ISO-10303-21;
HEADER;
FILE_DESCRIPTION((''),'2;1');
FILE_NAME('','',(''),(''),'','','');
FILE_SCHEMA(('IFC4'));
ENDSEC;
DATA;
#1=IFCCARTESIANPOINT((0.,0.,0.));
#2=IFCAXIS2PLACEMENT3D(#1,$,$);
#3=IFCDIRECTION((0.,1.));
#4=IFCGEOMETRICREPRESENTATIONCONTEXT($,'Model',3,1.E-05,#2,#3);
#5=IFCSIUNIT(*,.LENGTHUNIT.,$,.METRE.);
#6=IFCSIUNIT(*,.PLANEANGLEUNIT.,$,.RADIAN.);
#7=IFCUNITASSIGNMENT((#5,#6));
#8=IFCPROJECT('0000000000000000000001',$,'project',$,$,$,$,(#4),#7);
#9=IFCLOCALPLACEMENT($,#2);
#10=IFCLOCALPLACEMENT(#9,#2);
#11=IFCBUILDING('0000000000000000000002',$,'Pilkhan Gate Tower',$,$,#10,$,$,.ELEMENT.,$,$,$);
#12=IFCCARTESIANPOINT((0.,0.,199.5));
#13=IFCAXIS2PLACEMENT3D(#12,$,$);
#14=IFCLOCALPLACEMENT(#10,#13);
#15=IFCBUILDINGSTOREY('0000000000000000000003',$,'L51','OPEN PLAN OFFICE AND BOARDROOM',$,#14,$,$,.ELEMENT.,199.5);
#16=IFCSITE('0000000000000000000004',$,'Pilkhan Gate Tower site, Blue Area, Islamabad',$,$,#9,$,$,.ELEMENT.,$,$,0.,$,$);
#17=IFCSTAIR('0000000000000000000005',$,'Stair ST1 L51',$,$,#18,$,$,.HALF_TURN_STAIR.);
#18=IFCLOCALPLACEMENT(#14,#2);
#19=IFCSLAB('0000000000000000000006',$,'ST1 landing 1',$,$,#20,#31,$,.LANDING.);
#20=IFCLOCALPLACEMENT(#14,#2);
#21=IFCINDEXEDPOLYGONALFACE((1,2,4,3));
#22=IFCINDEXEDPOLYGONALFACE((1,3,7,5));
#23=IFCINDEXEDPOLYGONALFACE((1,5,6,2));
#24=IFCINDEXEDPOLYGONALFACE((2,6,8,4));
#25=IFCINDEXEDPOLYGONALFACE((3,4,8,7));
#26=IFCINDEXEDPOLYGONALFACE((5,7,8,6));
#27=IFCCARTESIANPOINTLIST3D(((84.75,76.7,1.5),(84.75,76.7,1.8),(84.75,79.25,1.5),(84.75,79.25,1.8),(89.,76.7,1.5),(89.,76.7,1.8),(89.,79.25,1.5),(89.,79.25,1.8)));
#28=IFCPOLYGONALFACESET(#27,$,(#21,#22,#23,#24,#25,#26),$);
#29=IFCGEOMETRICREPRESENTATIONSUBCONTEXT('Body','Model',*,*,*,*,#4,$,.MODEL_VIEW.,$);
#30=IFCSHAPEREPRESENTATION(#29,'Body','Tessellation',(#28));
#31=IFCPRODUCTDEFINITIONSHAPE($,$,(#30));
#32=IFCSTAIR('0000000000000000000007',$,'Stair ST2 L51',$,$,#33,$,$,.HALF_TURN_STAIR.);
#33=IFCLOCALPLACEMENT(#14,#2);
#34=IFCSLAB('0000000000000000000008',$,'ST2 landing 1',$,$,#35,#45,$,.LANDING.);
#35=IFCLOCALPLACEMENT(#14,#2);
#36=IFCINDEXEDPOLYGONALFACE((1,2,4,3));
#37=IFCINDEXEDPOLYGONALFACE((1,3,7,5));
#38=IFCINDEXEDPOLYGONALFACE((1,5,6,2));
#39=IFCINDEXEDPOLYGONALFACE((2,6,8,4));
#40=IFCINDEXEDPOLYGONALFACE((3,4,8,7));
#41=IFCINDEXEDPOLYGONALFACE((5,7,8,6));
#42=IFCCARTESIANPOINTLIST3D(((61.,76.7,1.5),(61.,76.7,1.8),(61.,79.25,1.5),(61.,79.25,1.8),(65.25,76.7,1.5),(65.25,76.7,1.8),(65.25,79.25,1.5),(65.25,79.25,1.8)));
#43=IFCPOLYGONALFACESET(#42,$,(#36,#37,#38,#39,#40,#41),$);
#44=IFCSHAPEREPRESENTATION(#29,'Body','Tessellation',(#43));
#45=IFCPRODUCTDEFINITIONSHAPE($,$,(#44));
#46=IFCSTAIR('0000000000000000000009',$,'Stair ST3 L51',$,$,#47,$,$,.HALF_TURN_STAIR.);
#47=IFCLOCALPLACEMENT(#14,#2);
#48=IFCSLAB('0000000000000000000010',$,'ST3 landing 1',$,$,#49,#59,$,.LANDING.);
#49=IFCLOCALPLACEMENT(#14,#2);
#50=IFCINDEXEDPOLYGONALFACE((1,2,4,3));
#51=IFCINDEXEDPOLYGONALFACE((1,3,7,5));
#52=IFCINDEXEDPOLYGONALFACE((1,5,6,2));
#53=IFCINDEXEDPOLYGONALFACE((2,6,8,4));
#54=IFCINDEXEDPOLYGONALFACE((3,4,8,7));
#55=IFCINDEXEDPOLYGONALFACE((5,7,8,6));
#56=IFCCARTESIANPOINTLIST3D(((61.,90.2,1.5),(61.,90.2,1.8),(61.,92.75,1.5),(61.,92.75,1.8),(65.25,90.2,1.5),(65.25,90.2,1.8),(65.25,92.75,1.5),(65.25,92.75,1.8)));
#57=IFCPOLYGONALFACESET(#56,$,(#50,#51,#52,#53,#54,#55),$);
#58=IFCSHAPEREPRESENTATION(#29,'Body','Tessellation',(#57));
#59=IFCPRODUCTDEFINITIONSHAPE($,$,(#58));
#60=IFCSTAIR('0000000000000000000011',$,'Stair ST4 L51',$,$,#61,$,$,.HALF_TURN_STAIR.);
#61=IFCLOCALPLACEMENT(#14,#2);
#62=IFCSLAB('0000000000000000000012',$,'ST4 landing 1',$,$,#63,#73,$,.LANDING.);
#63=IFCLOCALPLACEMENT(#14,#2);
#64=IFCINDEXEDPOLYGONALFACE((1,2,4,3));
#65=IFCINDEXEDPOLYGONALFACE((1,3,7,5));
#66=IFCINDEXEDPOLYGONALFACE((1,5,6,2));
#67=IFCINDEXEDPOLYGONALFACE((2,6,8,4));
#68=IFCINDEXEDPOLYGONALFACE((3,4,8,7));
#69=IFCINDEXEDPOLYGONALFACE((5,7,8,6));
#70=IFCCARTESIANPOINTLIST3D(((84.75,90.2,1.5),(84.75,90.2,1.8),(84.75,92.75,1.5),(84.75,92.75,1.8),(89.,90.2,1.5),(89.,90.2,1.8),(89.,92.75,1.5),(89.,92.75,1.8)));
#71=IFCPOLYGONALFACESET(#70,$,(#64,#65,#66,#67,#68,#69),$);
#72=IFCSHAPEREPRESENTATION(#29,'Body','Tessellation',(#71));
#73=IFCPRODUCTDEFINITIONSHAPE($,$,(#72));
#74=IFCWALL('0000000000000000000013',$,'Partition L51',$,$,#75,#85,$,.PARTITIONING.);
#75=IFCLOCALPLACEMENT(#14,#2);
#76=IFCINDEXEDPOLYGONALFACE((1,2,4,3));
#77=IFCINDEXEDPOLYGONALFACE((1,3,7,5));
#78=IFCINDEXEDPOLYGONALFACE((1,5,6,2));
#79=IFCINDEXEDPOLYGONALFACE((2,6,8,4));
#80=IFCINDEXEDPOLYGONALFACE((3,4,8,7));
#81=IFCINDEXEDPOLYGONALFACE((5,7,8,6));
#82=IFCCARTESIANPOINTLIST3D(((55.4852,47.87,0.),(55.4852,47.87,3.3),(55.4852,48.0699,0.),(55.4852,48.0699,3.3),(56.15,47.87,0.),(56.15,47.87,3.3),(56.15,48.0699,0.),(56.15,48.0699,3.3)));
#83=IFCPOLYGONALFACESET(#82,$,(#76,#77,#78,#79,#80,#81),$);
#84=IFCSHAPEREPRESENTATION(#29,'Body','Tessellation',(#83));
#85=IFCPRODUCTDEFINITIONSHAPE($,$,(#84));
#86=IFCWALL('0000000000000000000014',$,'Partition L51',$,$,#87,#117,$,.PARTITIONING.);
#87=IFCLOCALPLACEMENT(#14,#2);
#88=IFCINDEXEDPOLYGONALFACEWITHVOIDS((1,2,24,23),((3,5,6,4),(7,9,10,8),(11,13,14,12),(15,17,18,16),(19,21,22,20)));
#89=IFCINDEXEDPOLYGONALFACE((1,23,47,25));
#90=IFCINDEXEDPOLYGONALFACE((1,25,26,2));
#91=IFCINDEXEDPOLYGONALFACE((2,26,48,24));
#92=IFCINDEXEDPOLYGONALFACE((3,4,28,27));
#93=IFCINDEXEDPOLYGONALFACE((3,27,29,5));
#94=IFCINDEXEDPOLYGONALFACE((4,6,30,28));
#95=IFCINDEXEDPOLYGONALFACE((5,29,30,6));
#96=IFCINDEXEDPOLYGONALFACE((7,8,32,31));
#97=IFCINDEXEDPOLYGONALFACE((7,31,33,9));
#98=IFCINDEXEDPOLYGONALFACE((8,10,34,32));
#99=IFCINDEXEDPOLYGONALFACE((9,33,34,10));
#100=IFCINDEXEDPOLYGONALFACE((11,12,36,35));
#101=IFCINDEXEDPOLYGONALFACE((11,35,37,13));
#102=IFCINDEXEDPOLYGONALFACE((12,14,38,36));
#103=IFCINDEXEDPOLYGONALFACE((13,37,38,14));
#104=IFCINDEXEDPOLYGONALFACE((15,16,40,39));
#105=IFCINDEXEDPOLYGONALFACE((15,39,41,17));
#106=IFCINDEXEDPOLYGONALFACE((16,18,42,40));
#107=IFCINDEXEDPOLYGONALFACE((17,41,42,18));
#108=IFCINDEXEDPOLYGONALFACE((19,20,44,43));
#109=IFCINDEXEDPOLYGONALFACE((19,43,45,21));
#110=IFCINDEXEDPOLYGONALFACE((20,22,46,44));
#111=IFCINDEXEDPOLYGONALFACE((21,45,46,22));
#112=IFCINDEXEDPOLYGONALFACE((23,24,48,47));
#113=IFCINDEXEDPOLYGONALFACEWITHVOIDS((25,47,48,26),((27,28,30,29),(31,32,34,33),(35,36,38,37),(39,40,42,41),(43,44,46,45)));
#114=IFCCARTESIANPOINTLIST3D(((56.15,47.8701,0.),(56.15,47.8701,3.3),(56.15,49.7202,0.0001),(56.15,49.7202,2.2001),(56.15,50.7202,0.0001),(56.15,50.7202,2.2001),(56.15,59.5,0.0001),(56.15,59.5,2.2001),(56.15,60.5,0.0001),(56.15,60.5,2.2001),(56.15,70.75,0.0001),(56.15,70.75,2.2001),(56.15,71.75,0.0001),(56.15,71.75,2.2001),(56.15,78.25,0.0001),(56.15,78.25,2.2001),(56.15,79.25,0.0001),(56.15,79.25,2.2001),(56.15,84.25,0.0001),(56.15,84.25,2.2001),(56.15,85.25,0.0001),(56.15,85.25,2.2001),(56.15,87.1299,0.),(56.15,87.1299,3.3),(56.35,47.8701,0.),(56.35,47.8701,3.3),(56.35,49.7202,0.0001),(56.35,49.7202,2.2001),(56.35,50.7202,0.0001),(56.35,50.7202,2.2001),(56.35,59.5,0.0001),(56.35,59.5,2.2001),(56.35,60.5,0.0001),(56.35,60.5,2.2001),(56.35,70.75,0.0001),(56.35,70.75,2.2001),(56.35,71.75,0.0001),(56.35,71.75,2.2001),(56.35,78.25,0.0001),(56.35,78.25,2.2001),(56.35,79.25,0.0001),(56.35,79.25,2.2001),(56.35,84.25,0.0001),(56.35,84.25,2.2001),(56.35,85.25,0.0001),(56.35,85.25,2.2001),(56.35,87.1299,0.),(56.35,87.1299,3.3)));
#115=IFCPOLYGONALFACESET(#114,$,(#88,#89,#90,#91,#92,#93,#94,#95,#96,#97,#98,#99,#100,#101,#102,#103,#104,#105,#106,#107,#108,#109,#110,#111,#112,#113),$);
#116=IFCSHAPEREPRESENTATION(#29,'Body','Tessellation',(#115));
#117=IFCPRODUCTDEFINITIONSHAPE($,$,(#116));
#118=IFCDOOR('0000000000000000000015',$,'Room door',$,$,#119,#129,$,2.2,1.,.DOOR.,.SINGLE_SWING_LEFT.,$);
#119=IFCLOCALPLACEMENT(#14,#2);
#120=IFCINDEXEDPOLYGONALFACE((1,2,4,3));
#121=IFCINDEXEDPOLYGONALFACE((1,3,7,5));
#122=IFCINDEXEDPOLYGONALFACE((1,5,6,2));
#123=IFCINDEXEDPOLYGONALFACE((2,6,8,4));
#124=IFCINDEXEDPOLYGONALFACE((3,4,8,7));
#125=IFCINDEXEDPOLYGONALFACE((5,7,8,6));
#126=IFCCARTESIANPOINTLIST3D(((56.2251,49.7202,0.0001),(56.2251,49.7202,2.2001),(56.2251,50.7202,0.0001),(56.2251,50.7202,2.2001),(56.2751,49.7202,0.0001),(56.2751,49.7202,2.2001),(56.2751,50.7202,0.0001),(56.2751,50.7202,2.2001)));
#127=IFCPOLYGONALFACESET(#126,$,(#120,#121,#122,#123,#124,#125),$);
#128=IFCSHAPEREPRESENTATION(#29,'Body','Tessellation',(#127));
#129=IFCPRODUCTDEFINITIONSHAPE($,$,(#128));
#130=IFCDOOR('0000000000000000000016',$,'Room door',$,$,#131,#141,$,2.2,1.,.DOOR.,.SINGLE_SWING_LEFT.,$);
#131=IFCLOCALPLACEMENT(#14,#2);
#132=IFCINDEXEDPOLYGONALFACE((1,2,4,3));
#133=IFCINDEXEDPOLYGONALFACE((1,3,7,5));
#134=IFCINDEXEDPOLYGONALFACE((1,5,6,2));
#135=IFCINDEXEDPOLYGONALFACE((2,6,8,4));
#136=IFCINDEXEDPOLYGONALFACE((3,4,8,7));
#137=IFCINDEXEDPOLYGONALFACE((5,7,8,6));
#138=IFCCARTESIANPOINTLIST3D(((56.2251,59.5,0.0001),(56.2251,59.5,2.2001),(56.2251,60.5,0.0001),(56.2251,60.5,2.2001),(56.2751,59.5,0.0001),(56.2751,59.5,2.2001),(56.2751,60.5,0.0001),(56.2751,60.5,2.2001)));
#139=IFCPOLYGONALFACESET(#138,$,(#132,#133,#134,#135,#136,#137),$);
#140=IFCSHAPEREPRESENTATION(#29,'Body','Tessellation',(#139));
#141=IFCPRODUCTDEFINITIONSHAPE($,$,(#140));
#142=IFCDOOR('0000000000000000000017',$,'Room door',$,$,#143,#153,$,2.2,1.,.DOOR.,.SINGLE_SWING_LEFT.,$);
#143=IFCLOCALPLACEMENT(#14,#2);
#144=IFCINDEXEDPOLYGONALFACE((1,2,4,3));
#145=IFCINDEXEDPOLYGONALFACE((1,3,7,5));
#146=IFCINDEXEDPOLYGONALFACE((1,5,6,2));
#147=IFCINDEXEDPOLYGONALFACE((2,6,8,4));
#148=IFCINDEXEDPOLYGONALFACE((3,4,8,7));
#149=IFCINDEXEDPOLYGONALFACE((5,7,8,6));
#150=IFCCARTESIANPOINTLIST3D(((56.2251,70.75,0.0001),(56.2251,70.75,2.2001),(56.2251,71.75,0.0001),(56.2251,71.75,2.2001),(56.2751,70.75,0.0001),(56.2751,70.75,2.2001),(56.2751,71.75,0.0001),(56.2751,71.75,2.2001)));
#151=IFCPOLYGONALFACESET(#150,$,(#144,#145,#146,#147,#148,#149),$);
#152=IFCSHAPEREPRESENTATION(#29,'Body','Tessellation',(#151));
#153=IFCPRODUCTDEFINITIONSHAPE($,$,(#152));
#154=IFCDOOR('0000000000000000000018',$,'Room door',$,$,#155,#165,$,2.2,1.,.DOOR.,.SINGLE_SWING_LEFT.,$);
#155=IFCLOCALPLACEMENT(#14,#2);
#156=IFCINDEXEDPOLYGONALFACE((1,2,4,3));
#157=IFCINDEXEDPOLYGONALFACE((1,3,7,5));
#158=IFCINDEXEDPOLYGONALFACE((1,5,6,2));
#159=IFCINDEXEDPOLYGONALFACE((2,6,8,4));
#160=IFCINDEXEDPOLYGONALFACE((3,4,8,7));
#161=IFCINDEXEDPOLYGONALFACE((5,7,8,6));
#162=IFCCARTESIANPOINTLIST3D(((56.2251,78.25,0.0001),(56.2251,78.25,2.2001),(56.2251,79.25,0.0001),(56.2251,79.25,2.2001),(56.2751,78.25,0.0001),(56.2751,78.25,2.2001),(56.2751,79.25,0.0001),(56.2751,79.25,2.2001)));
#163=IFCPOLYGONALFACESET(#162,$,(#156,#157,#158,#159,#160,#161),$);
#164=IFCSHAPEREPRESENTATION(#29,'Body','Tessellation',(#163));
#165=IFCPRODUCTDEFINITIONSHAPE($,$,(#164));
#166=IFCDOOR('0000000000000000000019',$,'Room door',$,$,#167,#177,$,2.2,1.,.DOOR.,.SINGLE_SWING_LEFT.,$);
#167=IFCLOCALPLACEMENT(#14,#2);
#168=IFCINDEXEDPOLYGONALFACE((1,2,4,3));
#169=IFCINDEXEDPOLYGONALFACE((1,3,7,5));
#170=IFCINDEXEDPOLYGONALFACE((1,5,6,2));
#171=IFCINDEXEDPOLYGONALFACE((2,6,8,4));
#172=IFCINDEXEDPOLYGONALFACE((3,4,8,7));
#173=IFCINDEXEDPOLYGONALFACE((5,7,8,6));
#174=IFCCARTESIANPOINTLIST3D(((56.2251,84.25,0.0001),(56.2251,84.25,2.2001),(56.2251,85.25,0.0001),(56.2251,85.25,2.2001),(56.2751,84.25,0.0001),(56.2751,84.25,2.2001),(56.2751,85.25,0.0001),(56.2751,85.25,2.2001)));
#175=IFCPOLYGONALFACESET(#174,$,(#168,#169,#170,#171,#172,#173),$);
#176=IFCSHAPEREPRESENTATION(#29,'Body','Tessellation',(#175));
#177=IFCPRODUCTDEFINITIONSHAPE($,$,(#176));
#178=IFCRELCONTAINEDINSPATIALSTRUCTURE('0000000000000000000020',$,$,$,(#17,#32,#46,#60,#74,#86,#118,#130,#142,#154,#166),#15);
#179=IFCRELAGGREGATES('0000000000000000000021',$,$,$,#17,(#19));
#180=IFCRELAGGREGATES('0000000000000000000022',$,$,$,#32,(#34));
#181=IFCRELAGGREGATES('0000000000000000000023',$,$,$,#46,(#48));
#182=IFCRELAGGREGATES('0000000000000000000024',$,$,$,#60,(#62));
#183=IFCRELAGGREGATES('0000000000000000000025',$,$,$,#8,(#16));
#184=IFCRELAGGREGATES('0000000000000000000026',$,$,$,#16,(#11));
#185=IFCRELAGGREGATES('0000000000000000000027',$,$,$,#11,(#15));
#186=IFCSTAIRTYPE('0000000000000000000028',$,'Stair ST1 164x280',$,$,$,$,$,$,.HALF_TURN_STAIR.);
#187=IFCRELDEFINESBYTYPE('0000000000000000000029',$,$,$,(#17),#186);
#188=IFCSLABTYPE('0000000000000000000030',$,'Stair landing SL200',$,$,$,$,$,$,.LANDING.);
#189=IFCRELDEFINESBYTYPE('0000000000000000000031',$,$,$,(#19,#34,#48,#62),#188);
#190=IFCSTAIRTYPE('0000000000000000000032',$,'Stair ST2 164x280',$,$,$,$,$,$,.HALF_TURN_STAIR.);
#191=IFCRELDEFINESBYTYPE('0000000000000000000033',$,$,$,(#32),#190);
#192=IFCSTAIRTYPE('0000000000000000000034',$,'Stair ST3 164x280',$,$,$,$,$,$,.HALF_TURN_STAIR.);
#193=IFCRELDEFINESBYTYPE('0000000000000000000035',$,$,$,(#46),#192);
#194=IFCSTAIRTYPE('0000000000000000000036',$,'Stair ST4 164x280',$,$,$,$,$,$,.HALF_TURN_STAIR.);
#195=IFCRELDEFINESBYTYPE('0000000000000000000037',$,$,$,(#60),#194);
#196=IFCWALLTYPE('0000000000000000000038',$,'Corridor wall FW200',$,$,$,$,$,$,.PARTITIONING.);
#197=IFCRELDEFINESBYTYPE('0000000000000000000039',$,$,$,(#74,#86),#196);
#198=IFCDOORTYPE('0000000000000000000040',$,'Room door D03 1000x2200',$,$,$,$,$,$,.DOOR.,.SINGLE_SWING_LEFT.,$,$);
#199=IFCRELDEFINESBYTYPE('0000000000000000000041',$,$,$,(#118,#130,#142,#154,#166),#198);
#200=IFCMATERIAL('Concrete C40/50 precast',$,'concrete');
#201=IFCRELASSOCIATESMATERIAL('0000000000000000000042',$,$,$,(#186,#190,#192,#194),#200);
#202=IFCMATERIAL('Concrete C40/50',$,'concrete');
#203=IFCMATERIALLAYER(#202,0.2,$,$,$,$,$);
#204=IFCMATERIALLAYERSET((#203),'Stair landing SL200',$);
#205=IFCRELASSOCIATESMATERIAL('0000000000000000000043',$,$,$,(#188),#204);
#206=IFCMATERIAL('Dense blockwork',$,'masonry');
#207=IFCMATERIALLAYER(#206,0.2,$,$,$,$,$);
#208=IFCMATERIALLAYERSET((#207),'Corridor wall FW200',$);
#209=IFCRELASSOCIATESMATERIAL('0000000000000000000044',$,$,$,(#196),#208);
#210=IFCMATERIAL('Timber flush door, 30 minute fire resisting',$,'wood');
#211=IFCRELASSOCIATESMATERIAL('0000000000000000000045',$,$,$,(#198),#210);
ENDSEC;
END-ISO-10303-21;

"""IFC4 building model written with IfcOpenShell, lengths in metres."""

from ifc_helpers import new_model, si_unit, direction, frame, frame_2d, origin, place, context, subcontext, project, spatial, polyline, rectangle, outline, extrude, material, layer, layer_set, type_object, element, fill, aggregate, save


model = new_model("IFC4")

# Units and contexts
model_context = context("Model", 3, precision=1e-05, world=origin(), true_north=direction((0.0, 1.0)))
body_context = subcontext(model_context, "Body", "Model", "MODEL_VIEW")
ifc_project = project(units=[si_unit("LENGTHUNIT", "METRE"), si_unit("PLANEANGLEUNIT", "RADIAN")], contexts=[model_context])

# Site, building, storey
site_placement = place(None, origin())
site = spatial("IfcSite", under=ifc_project, at=site_placement, Name="Pilkhan Gate Tower site, Blue Area, Islamabad", CompositionType="ELEMENT", RefElevation=0.0)
building_placement = place(site_placement, origin())
building = spatial("IfcBuilding", under=site, at=building_placement, Name="Pilkhan Gate Tower", CompositionType="ELEMENT")
storey_placement = place(building_placement, frame((0.0, 0.0, 199.5)))
storey = spatial("IfcBuildingStorey", under=building, at=storey_placement, Name="L51", Description="OPEN PLAN OFFICE AND BOARDROOM", CompositionType="ELEMENT", Elevation=199.5)

# Shared definitions
ifc_material_1 = material(Name="Concrete C40/50", Category="concrete")

# Stairs, slabs
ifc_material_2 = material(Name="Concrete C40/50 precast", Category="concrete")
stair_type_1 = type_object("IfcStairType", Name="Stair ST1 164x280", PredefinedType="HALF_TURN_STAIR", material=ifc_material_2)
stair_1_placement = place(storey_placement, origin())
stair_1 = element("IfcStair", 1, at=stair_1_placement, inside=storey, type_object=stair_type_1, Name="Stair ST1 L51", PredefinedType="HALF_TURN_STAIR")
ifc_layer_1 = layer(ifc_material_1, 0.2)
ifc_layer_set_1 = layer_set([ifc_layer_1], Name="Stair landing SL200")
slab_type_1 = type_object("IfcSlabType", Name="Stair landing SL200", PredefinedType="LANDING", material=ifc_layer_set_1)
slab_1_placement = place(storey_placement, frame((0.0, 0.0, 1.5)))
slab_1 = element("IfcSlab", 2, at=slab_1_placement, type_object=slab_type_1, Name="ST1 landing 1", PredefinedType="LANDING", context=body_context, shape_type="SweptSolid", body=[
    extrude(outline(polyline([(89.0, 76.7), (89.0, 79.25), (84.75, 79.25), (84.75, 76.7), (89.0, 76.7)])), origin(), (0.0, 0.0, 1.0), 0.3),
])
aggregate(stair_1, [slab_1])
stair_type_2 = type_object("IfcStairType", Name="Stair ST2 164x280", PredefinedType="HALF_TURN_STAIR", material=ifc_material_2)
stair_2_placement = place(storey_placement, origin())
stair_2 = element("IfcStair", 3, at=stair_2_placement, inside=storey, type_object=stair_type_2, Name="Stair ST2 L51", PredefinedType="HALF_TURN_STAIR")
slab_2_placement = place(storey_placement, frame((0.0, 0.0, 1.5)))
slab_2 = element("IfcSlab", 4, at=slab_2_placement, type_object=slab_type_1, Name="ST2 landing 1", PredefinedType="LANDING", context=body_context, shape_type="SweptSolid", body=[
    extrude(outline(polyline([(65.25, 76.7), (65.25, 79.25), (61.0, 79.25), (61.0, 76.7), (65.25, 76.7)])), origin(), (0.0, 0.0, 1.0), 0.3),
])
aggregate(stair_2, [slab_2])
stair_type_3 = type_object("IfcStairType", Name="Stair ST3 164x280", PredefinedType="HALF_TURN_STAIR", material=ifc_material_2)
stair_3_placement = place(storey_placement, origin())
stair_3 = element("IfcStair", 5, at=stair_3_placement, inside=storey, type_object=stair_type_3, Name="Stair ST3 L51", PredefinedType="HALF_TURN_STAIR")
slab_3_placement = place(storey_placement, frame((0.0, 0.0, 1.5)))
slab_3 = element("IfcSlab", 6, at=slab_3_placement, type_object=slab_type_1, Name="ST3 landing 1", PredefinedType="LANDING", context=body_context, shape_type="SweptSolid", body=[
    extrude(outline(polyline([(65.25, 90.2), (65.25, 92.75), (61.0, 92.75), (61.0, 90.2), (65.25, 90.2)])), origin(), (0.0, 0.0, 1.0), 0.3),
])
aggregate(stair_3, [slab_3])
stair_type_4 = type_object("IfcStairType", Name="Stair ST4 164x280", PredefinedType="HALF_TURN_STAIR", material=ifc_material_2)
stair_4_placement = place(storey_placement, origin())
stair_4 = element("IfcStair", 7, at=stair_4_placement, inside=storey, type_object=stair_type_4, Name="Stair ST4 L51", PredefinedType="HALF_TURN_STAIR")
slab_4_placement = place(storey_placement, frame((0.0, 0.0, 1.5)))
slab_4 = element("IfcSlab", 8, at=slab_4_placement, type_object=slab_type_1, Name="ST4 landing 1", PredefinedType="LANDING", context=body_context, shape_type="SweptSolid", body=[
    extrude(outline(polyline([(89.0, 90.2), (89.0, 92.75), (84.75, 92.75), (84.75, 90.2), (89.0, 90.2)])), origin(), (0.0, 0.0, 1.0), 0.3),
])
aggregate(stair_4, [slab_4])

# Wall
ifc_material_3 = material(Name="Dense blockwork", Category="masonry")
ifc_layer_2 = layer(ifc_material_3, 0.2)
ifc_layer_set_2 = layer_set([ifc_layer_2], Name="Corridor wall FW200")
wall_type = type_object("IfcWallType", Name="Corridor wall FW200", PredefinedType="PARTITIONING", material=ifc_layer_set_2)
wall_1_placement = place(storey_placement, frame((55.4851, 47.97, 0.0), z_axis=(0.0, 0.0, 1.0), x_axis=(1.0, 0.0, 0.0)))
element("IfcWall", 9, at=wall_1_placement, inside=storey, type_object=wall_type, Name="Partition L51", PredefinedType="PARTITIONING", context=body_context, shape_type="SweptSolid", body=[
    extrude(rectangle(XDim=0.6648, YDim=0.2, at=frame_2d((0.3325, 0.0))), origin(), (0.0, 0.0, 1.0), 3.3),
])

# Wall, openings, doors
wall_2_placement = place(storey_placement, frame((56.25, 47.8701, 0.0), z_axis=(0.0, 0.0, 1.0), x_axis=(0.0, 1.0, 0.0)))
wall_2 = element("IfcWall", 10, at=wall_2_placement, inside=storey, type_object=wall_type, Name="Partition L51", PredefinedType="PARTITIONING", context=body_context, shape_type="SweptSolid", body=[
    extrude(rectangle(XDim=39.2598, YDim=0.2, at=frame_2d((19.6299, 0.0))), origin(), (0.0, 0.0, 1.0), 3.3),
])
opening_1_placement = place(wall_2_placement, frame((1.8501, 0.0, 0.0)))
opening_1 = element("IfcOpeningElement", 11, at=opening_1_placement, cuts=wall_2, PredefinedType="OPENING", context=body_context, shape_type="SweptSolid", body=[
    extrude(rectangle(XDim=1.0, YDim=2.2, at=frame_2d((0.5, 1.1001))), frame((0.0, 0.1099, 0.0), z_axis=(0.0, -1.0, 0.0), x_axis=(1.0, 0.0, 0.0)), (0.0, 0.0, 1.0), 0.22),
])
opening_2_placement = place(wall_2_placement, frame((11.6299, 0.0, 0.0)))
opening_2 = element("IfcOpeningElement", 12, at=opening_2_placement, cuts=wall_2, PredefinedType="OPENING", context=body_context, shape_type="SweptSolid", body=[
    extrude(rectangle(XDim=1.0, YDim=2.2, at=frame_2d((0.5, 1.1001))), frame((0.0, 0.1099, 0.0), z_axis=(0.0, -1.0, 0.0), x_axis=(1.0, 0.0, 0.0)), (0.0, 0.0, 1.0), 0.22),
])
opening_3_placement = place(wall_2_placement, frame((22.8799, 0.0, 0.0)))
opening_3 = element("IfcOpeningElement", 13, at=opening_3_placement, cuts=wall_2, PredefinedType="OPENING", context=body_context, shape_type="SweptSolid", body=[
    extrude(rectangle(XDim=1.0, YDim=2.2, at=frame_2d((0.5, 1.1001))), frame((0.0, 0.1099, 0.0), z_axis=(0.0, -1.0, 0.0), x_axis=(1.0, 0.0, 0.0)), (0.0, 0.0, 1.0), 0.22),
])
opening_4_placement = place(wall_2_placement, frame((30.3799, 0.0, 0.0)))
opening_4 = element("IfcOpeningElement", 14, at=opening_4_placement, cuts=wall_2, PredefinedType="OPENING", context=body_context, shape_type="SweptSolid", body=[
    extrude(rectangle(XDim=1.0, YDim=2.2, at=frame_2d((0.5, 1.1001))), frame((0.0, 0.1099, 0.0), z_axis=(0.0, -1.0, 0.0), x_axis=(1.0, 0.0, 0.0)), (0.0, 0.0, 1.0), 0.22),
])
opening_5_placement = place(wall_2_placement, frame((36.3799, 0.0, 0.0)))
opening_5 = element("IfcOpeningElement", 15, at=opening_5_placement, cuts=wall_2, PredefinedType="OPENING", context=body_context, shape_type="SweptSolid", body=[
    extrude(rectangle(XDim=1.0, YDim=2.2, at=frame_2d((0.5, 1.1001))), frame((0.0, 0.1099, 0.0), z_axis=(0.0, -1.0, 0.0), x_axis=(1.0, 0.0, 0.0)), (0.0, 0.0, 1.0), 0.22),
])
ifc_material_4 = material(Name="Timber flush door, 30 minute fire resisting", Category="wood")
door_type = type_object("IfcDoorType", Name="Room door D03 1000x2200", OperationType="SINGLE_SWING_LEFT", PredefinedType="DOOR", material=ifc_material_4)
door_1_placement = place(opening_1_placement, origin())
door_1 = element("IfcDoor", 16, at=door_1_placement, inside=storey, type_object=door_type, Name="Room door", OperationType="SINGLE_SWING_LEFT", OverallHeight=2.2, OverallWidth=1.0, PredefinedType="DOOR", context=body_context, shape_type="SweptSolid", body=[
    extrude(rectangle(XDim=1.0, YDim=2.2, at=frame_2d((0.5, 1.1001))), frame((0.0, 0.0249, 0.0), z_axis=(0.0, -1.0, 0.0), x_axis=(1.0, 0.0, 0.0)), (0.0, 0.0, 1.0), 0.05),
])
fill(opening_1, door_1)
door_2_placement = place(opening_2_placement, origin())
door_2 = element("IfcDoor", 17, at=door_2_placement, inside=storey, type_object=door_type, Name="Room door", OperationType="SINGLE_SWING_LEFT", OverallHeight=2.2, OverallWidth=1.0, PredefinedType="DOOR", context=body_context, shape_type="SweptSolid", body=[
    extrude(rectangle(XDim=1.0, YDim=2.2, at=frame_2d((0.5, 1.1001))), frame((0.0, 0.0249, 0.0), z_axis=(0.0, -1.0, 0.0), x_axis=(1.0, 0.0, 0.0)), (0.0, 0.0, 1.0), 0.05),
])
fill(opening_2, door_2)
door_3_placement = place(opening_3_placement, origin())
door_3 = element("IfcDoor", 18, at=door_3_placement, inside=storey, type_object=door_type, Name="Room door", OperationType="SINGLE_SWING_LEFT", OverallHeight=2.2, OverallWidth=1.0, PredefinedType="DOOR", context=body_context, shape_type="SweptSolid", body=[
    extrude(rectangle(XDim=1.0, YDim=2.2, at=frame_2d((0.5, 1.1001))), frame((0.0, 0.0249, 0.0), z_axis=(0.0, -1.0, 0.0), x_axis=(1.0, 0.0, 0.0)), (0.0, 0.0, 1.0), 0.05),
])
fill(opening_3, door_3)
door_4_placement = place(opening_4_placement, origin())
door_4 = element("IfcDoor", 19, at=door_4_placement, inside=storey, type_object=door_type, Name="Room door", OperationType="SINGLE_SWING_LEFT", OverallHeight=2.2, OverallWidth=1.0, PredefinedType="DOOR", context=body_context, shape_type="SweptSolid", body=[
    extrude(rectangle(XDim=1.0, YDim=2.2, at=frame_2d((0.5, 1.1001))), frame((0.0, 0.0249, 0.0), z_axis=(0.0, -1.0, 0.0), x_axis=(1.0, 0.0, 0.0)), (0.0, 0.0, 1.0), 0.05),
])
fill(opening_4, door_4)
door_5_placement = place(opening_5_placement, origin())
door_5 = element("IfcDoor", 20, at=door_5_placement, inside=storey, type_object=door_type, Name="Room door", OperationType="SINGLE_SWING_LEFT", OverallHeight=2.2, OverallWidth=1.0, PredefinedType="DOOR", context=body_context, shape_type="SweptSolid", body=[
    extrude(rectangle(XDim=1.0, YDim=2.2, at=frame_2d((0.5, 1.1001))), frame((0.0, 0.0249, 0.0), z_axis=(0.0, -1.0, 0.0), x_axis=(1.0, 0.0, 0.0)), (0.0, 0.0, 1.0), 0.05),
])
fill(opening_5, door_5)

save(model, "model.ifc")
